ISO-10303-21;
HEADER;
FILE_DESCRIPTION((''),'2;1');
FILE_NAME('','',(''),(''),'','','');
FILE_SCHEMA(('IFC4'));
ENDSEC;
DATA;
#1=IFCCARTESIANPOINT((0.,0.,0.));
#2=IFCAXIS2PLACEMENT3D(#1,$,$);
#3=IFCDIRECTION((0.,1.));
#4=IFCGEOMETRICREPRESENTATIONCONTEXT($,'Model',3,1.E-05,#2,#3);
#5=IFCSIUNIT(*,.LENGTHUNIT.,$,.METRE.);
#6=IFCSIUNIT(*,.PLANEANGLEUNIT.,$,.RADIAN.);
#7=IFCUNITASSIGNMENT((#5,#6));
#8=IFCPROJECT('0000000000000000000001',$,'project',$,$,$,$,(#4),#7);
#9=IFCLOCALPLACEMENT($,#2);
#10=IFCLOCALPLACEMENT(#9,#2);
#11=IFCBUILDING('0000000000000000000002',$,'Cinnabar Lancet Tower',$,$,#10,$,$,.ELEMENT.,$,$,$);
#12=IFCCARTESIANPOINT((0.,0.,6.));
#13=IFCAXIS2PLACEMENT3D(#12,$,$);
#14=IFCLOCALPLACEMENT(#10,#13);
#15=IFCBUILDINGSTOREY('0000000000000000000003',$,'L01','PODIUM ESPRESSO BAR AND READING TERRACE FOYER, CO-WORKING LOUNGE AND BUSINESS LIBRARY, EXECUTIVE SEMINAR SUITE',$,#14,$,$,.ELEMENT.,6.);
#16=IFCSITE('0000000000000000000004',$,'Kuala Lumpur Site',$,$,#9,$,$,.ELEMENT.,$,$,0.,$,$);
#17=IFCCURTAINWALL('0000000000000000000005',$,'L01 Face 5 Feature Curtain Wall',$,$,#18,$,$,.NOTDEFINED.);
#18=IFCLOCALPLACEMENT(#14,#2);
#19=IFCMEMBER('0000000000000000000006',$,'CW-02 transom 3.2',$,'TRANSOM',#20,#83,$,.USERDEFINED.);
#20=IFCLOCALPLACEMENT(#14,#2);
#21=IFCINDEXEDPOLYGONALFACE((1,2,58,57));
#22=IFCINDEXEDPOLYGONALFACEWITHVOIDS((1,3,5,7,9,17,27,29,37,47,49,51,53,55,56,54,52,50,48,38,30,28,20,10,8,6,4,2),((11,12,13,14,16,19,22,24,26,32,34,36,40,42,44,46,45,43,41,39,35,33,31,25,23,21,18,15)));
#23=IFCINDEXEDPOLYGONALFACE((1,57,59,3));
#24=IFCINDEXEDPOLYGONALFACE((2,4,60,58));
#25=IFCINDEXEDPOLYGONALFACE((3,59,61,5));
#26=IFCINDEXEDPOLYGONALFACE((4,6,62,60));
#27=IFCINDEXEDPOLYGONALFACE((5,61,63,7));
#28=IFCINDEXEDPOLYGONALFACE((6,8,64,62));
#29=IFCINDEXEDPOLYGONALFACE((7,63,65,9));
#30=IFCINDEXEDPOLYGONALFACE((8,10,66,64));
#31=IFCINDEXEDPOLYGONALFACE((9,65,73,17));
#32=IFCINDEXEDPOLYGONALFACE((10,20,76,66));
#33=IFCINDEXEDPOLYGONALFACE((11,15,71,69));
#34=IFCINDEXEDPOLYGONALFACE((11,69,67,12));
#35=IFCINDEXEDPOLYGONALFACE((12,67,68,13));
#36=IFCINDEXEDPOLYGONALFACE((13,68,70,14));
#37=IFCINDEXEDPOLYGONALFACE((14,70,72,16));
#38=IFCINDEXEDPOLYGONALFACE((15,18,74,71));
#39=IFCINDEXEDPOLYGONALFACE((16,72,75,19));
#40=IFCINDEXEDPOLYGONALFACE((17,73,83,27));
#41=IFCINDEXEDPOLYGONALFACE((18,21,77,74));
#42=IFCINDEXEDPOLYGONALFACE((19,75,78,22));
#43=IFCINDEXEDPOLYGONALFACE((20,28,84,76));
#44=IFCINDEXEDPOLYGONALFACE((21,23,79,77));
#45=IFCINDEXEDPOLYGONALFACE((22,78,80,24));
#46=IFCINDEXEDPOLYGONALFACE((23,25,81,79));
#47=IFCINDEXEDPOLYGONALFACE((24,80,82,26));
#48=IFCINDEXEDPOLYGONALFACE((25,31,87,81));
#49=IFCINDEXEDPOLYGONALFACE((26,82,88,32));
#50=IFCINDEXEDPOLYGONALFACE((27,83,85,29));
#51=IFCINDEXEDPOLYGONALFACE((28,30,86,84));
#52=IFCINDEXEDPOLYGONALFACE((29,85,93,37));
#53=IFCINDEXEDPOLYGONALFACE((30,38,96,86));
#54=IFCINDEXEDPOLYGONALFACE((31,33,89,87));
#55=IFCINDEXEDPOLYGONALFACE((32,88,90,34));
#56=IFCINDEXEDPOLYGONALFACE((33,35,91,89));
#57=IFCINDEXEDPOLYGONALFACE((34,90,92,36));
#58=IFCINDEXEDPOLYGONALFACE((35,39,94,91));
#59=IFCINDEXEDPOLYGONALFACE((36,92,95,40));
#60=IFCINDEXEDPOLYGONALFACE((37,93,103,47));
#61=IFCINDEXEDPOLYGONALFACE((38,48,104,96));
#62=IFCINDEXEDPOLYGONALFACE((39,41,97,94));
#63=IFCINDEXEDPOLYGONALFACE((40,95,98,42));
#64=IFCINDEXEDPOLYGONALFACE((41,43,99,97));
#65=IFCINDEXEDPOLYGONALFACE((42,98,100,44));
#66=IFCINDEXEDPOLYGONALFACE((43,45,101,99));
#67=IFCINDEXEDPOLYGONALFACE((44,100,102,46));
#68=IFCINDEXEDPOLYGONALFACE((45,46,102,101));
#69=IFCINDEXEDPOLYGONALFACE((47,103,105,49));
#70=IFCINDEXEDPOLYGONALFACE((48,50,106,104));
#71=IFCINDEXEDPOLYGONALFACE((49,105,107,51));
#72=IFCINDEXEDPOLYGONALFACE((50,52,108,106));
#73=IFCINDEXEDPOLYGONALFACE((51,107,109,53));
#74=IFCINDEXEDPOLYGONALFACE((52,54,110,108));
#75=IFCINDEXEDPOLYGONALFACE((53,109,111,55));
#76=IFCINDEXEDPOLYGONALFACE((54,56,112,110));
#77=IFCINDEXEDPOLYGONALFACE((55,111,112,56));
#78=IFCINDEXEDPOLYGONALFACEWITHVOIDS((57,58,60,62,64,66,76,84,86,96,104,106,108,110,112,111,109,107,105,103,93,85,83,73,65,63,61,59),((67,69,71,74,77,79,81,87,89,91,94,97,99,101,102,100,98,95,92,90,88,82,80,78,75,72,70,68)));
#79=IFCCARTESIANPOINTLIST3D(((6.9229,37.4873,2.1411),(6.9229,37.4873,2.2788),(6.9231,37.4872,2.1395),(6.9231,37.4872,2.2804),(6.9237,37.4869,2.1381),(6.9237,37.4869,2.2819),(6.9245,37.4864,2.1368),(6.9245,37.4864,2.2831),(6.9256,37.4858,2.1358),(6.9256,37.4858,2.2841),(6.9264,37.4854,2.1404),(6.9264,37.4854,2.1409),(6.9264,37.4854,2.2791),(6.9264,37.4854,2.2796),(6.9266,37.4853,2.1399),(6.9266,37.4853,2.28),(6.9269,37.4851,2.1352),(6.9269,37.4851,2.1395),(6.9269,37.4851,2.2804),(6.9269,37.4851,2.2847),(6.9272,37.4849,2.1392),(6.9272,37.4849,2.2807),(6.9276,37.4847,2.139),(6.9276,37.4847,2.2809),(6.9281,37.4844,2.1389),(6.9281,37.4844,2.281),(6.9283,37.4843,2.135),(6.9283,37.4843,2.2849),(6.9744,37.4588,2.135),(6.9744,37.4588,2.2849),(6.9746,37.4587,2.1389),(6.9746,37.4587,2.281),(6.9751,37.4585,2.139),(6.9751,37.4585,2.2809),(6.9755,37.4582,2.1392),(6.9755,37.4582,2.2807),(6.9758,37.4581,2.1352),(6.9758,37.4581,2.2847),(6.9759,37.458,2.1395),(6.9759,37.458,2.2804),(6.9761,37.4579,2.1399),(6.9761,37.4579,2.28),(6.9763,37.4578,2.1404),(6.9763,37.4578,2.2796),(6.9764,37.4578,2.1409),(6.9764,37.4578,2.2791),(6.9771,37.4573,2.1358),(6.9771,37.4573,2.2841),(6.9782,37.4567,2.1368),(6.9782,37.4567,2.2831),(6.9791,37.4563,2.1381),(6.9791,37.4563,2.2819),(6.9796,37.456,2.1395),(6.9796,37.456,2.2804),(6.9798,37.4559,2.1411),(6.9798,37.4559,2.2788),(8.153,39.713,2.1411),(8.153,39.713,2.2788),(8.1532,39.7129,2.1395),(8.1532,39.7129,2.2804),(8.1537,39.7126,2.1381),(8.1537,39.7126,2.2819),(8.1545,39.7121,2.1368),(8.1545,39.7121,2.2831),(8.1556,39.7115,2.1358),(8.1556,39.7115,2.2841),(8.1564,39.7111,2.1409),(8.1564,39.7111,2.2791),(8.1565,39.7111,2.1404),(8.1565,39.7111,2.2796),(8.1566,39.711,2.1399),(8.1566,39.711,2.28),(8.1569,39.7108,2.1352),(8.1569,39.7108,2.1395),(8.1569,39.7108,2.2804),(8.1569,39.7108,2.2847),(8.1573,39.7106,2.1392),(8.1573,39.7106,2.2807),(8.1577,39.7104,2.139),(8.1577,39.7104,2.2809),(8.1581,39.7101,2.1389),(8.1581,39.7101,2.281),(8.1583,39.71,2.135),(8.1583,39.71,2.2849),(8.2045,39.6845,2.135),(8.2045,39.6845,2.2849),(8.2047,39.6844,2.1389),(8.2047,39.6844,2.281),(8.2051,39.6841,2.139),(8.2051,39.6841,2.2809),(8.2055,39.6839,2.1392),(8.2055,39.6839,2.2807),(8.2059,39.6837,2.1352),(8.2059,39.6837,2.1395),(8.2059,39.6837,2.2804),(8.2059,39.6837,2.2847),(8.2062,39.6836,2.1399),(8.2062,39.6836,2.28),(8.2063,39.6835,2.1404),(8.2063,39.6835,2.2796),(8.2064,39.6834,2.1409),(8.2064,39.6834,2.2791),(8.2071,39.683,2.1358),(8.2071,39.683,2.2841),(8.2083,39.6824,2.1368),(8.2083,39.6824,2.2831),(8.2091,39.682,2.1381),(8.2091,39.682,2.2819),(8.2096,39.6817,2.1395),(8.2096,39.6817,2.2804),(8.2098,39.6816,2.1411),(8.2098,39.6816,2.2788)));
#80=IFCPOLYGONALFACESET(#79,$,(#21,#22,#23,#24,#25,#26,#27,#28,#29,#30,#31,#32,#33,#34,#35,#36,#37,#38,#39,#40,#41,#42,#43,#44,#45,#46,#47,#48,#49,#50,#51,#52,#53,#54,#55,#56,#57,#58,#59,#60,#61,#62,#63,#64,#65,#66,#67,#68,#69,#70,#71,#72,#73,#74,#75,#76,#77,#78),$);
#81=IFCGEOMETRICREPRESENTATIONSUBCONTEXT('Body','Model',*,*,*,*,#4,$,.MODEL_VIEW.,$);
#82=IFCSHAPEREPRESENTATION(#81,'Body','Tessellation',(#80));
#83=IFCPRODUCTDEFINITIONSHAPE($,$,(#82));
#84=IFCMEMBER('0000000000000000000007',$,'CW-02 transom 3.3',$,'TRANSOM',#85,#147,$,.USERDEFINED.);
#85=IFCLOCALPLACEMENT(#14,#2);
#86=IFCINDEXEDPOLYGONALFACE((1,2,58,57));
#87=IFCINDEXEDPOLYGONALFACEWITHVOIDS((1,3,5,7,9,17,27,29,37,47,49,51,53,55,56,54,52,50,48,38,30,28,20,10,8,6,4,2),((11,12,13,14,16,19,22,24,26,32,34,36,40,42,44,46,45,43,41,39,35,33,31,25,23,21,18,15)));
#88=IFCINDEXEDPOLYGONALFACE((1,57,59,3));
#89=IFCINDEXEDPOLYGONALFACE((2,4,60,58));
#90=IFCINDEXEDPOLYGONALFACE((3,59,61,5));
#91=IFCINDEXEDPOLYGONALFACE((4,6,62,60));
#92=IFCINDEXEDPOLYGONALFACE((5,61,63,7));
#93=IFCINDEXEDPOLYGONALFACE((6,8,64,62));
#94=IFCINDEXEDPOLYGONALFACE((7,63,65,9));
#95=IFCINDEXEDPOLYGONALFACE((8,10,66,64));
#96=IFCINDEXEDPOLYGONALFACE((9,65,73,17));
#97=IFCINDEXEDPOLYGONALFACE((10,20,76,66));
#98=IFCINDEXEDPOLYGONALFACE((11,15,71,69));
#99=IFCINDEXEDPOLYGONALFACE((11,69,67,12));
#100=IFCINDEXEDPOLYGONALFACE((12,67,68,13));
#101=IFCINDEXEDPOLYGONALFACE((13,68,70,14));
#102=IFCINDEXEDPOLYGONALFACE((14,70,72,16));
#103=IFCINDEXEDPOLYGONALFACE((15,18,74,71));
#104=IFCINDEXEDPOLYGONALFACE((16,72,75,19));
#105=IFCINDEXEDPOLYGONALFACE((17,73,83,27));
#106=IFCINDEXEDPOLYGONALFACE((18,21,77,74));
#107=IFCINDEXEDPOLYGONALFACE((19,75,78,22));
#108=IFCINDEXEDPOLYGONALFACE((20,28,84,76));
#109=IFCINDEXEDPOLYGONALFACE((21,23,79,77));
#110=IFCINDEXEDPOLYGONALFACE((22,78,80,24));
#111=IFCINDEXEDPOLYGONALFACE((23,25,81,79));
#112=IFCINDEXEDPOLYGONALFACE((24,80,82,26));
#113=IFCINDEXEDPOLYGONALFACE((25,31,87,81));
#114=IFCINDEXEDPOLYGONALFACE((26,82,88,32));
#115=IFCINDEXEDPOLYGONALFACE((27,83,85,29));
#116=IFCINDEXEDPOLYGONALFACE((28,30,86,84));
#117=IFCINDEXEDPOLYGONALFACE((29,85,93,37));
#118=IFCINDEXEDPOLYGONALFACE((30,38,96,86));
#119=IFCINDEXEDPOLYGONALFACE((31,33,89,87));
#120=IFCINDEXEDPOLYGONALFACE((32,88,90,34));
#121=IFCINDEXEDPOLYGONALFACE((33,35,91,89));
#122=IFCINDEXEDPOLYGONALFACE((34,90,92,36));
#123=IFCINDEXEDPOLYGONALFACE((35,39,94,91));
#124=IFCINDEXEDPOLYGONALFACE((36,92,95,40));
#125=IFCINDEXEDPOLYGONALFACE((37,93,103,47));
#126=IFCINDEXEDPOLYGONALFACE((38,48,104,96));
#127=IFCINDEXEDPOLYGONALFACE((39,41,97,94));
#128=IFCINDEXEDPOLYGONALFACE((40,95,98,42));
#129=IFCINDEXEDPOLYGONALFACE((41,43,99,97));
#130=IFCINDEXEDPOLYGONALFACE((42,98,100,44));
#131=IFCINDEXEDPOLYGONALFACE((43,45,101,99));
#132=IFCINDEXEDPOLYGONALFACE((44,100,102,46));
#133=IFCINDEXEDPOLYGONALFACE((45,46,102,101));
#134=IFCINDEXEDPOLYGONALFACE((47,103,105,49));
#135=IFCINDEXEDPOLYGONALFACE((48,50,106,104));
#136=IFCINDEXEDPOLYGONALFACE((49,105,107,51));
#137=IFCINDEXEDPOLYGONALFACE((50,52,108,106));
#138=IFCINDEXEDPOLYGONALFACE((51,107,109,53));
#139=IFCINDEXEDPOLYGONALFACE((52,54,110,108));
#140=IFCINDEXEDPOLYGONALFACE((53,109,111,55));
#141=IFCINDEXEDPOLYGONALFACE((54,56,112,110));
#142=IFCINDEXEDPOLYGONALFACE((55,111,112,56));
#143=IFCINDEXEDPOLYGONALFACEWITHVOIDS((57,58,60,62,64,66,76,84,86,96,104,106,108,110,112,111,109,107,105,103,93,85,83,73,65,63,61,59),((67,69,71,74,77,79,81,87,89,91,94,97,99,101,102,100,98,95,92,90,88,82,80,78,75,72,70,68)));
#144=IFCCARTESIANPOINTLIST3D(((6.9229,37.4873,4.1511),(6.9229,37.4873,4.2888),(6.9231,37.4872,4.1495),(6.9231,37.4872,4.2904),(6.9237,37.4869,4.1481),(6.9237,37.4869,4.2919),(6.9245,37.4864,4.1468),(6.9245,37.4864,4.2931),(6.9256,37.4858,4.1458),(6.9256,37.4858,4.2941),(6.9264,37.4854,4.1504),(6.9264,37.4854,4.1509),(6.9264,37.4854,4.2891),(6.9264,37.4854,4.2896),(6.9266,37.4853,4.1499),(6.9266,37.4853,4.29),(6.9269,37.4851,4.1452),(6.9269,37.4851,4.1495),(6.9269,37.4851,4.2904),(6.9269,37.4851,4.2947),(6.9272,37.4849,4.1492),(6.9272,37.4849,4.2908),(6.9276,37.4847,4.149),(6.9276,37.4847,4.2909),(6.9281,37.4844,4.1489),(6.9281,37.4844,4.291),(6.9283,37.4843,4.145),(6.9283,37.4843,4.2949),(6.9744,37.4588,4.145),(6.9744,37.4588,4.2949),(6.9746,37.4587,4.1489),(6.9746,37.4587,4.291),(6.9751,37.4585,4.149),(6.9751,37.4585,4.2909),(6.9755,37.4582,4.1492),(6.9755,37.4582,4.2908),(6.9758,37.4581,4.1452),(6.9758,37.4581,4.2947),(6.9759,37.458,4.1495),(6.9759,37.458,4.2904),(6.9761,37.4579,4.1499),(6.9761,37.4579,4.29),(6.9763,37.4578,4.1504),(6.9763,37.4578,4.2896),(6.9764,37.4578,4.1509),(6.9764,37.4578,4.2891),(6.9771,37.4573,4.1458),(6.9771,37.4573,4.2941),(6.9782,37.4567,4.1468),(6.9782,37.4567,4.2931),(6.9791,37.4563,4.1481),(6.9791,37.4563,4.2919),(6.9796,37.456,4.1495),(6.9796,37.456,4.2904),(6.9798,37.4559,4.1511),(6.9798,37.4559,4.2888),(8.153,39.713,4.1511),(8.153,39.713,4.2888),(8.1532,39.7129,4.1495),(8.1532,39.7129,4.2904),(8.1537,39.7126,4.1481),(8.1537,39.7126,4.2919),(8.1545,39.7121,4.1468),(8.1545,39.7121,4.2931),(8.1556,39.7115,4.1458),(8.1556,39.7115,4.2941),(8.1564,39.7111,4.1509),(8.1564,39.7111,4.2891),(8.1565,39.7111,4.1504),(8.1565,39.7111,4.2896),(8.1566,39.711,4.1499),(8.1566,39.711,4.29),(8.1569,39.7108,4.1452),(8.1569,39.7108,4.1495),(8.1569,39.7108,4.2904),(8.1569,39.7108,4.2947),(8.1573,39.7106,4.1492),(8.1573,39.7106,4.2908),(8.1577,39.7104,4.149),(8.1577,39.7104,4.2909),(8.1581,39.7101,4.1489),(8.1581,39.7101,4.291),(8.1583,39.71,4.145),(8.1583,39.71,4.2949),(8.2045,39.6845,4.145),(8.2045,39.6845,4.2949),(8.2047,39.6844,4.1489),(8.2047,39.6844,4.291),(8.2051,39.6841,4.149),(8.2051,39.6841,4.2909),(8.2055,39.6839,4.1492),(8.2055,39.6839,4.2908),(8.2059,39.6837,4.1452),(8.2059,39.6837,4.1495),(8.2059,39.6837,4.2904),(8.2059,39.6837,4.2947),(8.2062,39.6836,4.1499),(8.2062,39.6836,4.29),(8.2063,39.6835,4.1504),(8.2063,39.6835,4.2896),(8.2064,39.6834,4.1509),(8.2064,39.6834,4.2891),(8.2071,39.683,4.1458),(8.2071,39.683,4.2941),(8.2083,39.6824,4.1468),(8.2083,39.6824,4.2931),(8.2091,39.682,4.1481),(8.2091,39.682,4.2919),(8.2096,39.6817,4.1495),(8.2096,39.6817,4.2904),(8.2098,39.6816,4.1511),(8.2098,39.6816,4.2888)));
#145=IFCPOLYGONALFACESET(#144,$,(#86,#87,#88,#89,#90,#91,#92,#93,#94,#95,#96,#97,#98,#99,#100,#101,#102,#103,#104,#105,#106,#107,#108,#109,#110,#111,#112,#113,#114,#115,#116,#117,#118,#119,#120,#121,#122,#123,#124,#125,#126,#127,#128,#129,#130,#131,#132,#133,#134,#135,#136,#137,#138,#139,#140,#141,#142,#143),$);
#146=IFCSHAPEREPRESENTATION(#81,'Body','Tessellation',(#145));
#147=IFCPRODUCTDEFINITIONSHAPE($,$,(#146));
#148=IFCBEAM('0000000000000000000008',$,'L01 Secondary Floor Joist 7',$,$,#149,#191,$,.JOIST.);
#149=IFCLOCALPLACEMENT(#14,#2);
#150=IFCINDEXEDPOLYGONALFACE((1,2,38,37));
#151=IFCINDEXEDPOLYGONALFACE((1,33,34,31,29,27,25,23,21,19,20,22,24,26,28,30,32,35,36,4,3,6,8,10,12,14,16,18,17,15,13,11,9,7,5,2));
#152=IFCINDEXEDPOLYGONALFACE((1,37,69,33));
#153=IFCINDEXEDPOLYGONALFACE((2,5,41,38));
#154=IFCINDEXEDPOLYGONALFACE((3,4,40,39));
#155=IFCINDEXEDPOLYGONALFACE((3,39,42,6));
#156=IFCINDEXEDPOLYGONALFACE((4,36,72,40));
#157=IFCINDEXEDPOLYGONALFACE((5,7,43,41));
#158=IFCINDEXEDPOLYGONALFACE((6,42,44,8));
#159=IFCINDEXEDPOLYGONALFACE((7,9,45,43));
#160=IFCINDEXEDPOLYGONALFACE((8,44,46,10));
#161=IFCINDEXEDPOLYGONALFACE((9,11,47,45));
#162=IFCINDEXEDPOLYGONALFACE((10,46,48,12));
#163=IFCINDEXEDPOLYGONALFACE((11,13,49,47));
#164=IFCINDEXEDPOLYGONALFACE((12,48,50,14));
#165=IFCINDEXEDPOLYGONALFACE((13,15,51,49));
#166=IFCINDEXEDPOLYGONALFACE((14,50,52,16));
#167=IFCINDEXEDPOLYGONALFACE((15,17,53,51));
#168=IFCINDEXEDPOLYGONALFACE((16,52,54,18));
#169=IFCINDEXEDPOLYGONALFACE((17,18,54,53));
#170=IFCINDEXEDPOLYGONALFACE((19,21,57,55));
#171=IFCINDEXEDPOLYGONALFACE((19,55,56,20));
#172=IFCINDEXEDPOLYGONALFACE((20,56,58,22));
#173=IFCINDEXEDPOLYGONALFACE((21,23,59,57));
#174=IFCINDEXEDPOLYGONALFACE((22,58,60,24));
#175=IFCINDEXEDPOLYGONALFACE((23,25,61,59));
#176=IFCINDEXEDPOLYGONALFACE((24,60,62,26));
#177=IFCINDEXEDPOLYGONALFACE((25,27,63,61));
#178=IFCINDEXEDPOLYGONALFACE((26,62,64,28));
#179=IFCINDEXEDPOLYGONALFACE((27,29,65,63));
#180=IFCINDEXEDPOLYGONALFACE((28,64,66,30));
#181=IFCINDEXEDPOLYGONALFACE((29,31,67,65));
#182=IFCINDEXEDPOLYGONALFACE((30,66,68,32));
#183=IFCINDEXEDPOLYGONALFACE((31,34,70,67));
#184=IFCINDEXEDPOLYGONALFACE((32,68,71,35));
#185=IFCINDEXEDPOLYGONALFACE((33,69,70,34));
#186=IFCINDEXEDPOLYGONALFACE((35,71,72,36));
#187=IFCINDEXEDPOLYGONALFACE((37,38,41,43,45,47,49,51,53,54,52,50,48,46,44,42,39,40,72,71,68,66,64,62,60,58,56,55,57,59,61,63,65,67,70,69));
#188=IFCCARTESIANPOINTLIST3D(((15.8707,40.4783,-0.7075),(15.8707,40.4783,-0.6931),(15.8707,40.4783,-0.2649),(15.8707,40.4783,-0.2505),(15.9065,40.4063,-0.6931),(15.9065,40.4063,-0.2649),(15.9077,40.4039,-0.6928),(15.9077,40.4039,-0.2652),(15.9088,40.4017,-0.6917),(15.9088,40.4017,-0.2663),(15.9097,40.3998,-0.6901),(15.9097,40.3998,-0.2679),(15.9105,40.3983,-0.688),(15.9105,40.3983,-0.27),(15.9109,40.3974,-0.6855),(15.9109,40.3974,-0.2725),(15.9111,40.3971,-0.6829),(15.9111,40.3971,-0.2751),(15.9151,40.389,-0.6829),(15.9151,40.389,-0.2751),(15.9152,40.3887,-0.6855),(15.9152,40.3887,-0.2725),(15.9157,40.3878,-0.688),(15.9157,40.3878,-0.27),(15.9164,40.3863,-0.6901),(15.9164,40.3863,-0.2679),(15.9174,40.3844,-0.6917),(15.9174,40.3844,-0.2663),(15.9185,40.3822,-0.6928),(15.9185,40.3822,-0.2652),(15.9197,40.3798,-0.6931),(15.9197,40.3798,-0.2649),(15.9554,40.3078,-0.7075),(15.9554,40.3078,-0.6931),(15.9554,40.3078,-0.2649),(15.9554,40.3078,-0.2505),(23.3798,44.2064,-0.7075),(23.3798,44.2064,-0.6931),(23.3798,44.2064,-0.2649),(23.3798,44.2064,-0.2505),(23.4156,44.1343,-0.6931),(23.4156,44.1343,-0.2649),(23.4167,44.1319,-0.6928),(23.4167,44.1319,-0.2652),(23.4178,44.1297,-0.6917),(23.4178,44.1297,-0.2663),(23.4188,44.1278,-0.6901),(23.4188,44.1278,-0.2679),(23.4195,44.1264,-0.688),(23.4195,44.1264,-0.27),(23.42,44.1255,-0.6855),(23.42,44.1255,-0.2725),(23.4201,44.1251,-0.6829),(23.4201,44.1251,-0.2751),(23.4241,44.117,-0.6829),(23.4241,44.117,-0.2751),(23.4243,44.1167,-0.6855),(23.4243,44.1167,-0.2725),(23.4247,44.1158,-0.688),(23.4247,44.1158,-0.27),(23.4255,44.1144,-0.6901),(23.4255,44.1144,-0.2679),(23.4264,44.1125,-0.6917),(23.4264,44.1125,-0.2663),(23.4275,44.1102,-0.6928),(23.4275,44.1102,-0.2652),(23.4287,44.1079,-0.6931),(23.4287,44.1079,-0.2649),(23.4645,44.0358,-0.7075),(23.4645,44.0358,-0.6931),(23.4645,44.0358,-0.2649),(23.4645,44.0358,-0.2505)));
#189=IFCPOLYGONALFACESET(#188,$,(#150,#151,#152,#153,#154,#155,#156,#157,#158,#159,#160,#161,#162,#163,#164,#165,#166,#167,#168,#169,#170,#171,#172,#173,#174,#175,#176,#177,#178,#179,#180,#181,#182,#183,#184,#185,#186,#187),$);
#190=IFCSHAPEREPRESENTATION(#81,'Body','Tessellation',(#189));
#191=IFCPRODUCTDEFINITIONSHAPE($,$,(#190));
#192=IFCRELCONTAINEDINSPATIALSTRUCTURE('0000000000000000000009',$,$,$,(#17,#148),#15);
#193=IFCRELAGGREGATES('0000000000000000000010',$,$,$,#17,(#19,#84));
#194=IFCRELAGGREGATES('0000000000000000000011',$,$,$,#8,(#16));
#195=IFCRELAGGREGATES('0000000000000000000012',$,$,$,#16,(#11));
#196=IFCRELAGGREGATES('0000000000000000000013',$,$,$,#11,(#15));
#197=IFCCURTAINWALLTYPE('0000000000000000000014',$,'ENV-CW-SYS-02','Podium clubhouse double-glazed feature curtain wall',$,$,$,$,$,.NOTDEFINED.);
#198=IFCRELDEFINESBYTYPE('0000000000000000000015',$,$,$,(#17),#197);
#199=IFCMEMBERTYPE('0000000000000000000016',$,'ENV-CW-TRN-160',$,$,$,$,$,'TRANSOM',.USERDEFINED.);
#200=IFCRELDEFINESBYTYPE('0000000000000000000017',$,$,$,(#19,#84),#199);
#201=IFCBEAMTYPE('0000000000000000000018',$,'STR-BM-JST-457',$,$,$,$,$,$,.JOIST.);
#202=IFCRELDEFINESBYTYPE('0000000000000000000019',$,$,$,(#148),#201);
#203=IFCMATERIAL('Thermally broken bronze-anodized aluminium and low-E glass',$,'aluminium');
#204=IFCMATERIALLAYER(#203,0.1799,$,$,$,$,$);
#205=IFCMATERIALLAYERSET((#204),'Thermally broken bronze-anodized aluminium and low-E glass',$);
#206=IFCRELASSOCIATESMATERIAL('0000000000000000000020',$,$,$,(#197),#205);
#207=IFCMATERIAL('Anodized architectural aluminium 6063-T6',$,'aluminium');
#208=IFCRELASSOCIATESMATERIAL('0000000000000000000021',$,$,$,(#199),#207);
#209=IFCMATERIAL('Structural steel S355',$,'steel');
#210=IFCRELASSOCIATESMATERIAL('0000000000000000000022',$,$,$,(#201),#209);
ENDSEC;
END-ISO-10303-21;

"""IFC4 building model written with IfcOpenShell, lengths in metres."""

from ifc_helpers import new_model, si_unit, direction, frame, origin, origin_2d, place, context, subcontext, project, spatial, hollow_rectangle, i_section, extrude, material, layer, layer_set, material_profile, profile_set, type_object, element, aggregate, save


model = new_model("IFC4")

# Units and contexts
model_context = context("Model", 3, precision=1e-05, world=origin(), true_north=direction((0.0, 1.0)))
body_context = subcontext(model_context, "Body", "Model", "MODEL_VIEW")
ifc_project = project(units=[si_unit("LENGTHUNIT", "METRE"), si_unit("PLANEANGLEUNIT", "RADIAN")], contexts=[model_context])

# Site, building, storey
site_placement = place(None, origin())
site = spatial("IfcSite", under=ifc_project, at=site_placement, Name="Kuala Lumpur Site", CompositionType="ELEMENT", RefElevation=0.0)
building_placement = place(site_placement, origin())
building = spatial("IfcBuilding", under=site, at=building_placement, Name="Cinnabar Lancet Tower", CompositionType="ELEMENT")
storey_placement = place(building_placement, frame((0.0, 0.0, 6.0)))
storey = spatial("IfcBuildingStorey", under=building, at=storey_placement, Name="L01", Description="PODIUM ESPRESSO BAR AND READING TERRACE FOYER, CO-WORKING LOUNGE AND BUSINESS LIBRARY, EXECUTIVE SEMINAR SUITE", CompositionType="ELEMENT", Elevation=6.0)

# Curtain wall, members
ifc_material_1 = material(Name="Thermally broken bronze-anodized aluminium and low-E glass", Category="aluminium")
ifc_layer_1 = layer(ifc_material_1, 0.1799)
ifc_layer_set_1 = layer_set([ifc_layer_1], Name="Thermally broken bronze-anodized aluminium and low-E glass")
curtain_wall_type = type_object("IfcCurtainWallType", Name="ENV-CW-SYS-02", Description="Podium clubhouse double-glazed feature curtain wall", PredefinedType="NOTDEFINED", material=ifc_layer_set_1)
curtain_wall_placement = place(storey_placement, origin())
curtain_wall = element("IfcCurtainWall", 1, at=curtain_wall_placement, inside=storey, type_object=curtain_wall_type, Name="L01 Face 5 Feature Curtain Wall", PredefinedType="NOTDEFINED")
ifc_material_2 = material(Name="Anodized architectural aluminium 6063-T6", Category="aluminium")
ifc_material_profile_1 = material_profile(ifc_material_2, hollow_rectangle(XDim=0.0649, YDim=0.1499, WallThickness=0.0039, InnerFilletRadius=0.002, OuterFilletRadius=0.0061, at=origin_2d()), Name="CW-TRN 150x65x4")
ifc_profile_set_1 = profile_set([ifc_material_profile_1], Name="Anodized architectural aluminium 6063-T6")
member_type_1 = type_object("IfcMemberType", Name="ENV-CW-TRN-160", ElementType="TRANSOM", PredefinedType="USERDEFINED", material=ifc_profile_set_1)
member_1_placement = place(storey_placement, frame((8.1814, 39.6973, 2.21), z_axis=(-0.483702, -0.875233, 0.0), x_axis=(0.875233, -0.483702, 0.0)))
member_1 = element("IfcMember", 2, at=member_1_placement, type_object=member_type_1, Name="CW-02 transom 3.2", ObjectType="TRANSOM", PredefinedType="USERDEFINED", context=body_context, shape_type="SweptSolid", body=[
    extrude(hollow_rectangle(XDim=0.0649, YDim=0.1499, WallThickness=0.0039, InnerFilletRadius=0.002, OuterFilletRadius=0.0061, at=origin_2d()), origin(), (0.0, 0.0, 1.0), 2.543),
])
member_2_placement = place(storey_placement, frame((8.1814, 39.6973, 4.22), z_axis=(-0.483702, -0.875233, 0.0), x_axis=(0.875233, -0.483702, 0.0)))
member_2 = element("IfcMember", 3, at=member_2_placement, type_object=member_type_1, Name="CW-02 transom 3.3", ObjectType="TRANSOM", PredefinedType="USERDEFINED", context=body_context, shape_type="SweptSolid", body=[
    extrude(hollow_rectangle(XDim=0.0649, YDim=0.1499, WallThickness=0.0039, InnerFilletRadius=0.002, OuterFilletRadius=0.0061, at=origin_2d()), origin(), (0.0, 0.0, 1.0), 2.543),
])

# Beam
ifc_material_3 = material(Name="Structural steel S355", Category="steel")
ifc_material_profile_2 = material_profile(ifc_material_3, i_section(OverallWidth=0.1904, OverallDepth=0.457, WebThickness=0.009, FlangeThickness=0.0144, FilletRadius=0.0103, at=origin_2d()), Name="UKB 457x191x74")
ifc_profile_set_2 = profile_set([ifc_material_profile_2], Name="Structural steel S355")
beam_type_1 = type_object("IfcBeamType", Name="STR-BM-JST-457", PredefinedType="JOIST", material=ifc_profile_set_2)
beam_1_placement = place(storey_placement, frame((23.4221, 44.1211, -0.479), z_axis=(-0.895687, -0.444684, 0.0), x_axis=(0.444684, -0.895687, 0.0)))
element("IfcBeam", 4, at=beam_1_placement, inside=storey, type_object=beam_type_1, Name="L01 Secondary Floor Joist 7", PredefinedType="JOIST", context=body_context, shape_type="SweptSolid", body=[
    extrude(i_section(OverallWidth=0.1904, OverallDepth=0.457, WebThickness=0.009, FlangeThickness=0.0144, FilletRadius=0.0103, at=origin_2d()), origin(), (0.0, 0.0, 1.0), 8.3835),
])

aggregate(curtain_wall, [member_1, member_2])

save(model, "model.ifc")
